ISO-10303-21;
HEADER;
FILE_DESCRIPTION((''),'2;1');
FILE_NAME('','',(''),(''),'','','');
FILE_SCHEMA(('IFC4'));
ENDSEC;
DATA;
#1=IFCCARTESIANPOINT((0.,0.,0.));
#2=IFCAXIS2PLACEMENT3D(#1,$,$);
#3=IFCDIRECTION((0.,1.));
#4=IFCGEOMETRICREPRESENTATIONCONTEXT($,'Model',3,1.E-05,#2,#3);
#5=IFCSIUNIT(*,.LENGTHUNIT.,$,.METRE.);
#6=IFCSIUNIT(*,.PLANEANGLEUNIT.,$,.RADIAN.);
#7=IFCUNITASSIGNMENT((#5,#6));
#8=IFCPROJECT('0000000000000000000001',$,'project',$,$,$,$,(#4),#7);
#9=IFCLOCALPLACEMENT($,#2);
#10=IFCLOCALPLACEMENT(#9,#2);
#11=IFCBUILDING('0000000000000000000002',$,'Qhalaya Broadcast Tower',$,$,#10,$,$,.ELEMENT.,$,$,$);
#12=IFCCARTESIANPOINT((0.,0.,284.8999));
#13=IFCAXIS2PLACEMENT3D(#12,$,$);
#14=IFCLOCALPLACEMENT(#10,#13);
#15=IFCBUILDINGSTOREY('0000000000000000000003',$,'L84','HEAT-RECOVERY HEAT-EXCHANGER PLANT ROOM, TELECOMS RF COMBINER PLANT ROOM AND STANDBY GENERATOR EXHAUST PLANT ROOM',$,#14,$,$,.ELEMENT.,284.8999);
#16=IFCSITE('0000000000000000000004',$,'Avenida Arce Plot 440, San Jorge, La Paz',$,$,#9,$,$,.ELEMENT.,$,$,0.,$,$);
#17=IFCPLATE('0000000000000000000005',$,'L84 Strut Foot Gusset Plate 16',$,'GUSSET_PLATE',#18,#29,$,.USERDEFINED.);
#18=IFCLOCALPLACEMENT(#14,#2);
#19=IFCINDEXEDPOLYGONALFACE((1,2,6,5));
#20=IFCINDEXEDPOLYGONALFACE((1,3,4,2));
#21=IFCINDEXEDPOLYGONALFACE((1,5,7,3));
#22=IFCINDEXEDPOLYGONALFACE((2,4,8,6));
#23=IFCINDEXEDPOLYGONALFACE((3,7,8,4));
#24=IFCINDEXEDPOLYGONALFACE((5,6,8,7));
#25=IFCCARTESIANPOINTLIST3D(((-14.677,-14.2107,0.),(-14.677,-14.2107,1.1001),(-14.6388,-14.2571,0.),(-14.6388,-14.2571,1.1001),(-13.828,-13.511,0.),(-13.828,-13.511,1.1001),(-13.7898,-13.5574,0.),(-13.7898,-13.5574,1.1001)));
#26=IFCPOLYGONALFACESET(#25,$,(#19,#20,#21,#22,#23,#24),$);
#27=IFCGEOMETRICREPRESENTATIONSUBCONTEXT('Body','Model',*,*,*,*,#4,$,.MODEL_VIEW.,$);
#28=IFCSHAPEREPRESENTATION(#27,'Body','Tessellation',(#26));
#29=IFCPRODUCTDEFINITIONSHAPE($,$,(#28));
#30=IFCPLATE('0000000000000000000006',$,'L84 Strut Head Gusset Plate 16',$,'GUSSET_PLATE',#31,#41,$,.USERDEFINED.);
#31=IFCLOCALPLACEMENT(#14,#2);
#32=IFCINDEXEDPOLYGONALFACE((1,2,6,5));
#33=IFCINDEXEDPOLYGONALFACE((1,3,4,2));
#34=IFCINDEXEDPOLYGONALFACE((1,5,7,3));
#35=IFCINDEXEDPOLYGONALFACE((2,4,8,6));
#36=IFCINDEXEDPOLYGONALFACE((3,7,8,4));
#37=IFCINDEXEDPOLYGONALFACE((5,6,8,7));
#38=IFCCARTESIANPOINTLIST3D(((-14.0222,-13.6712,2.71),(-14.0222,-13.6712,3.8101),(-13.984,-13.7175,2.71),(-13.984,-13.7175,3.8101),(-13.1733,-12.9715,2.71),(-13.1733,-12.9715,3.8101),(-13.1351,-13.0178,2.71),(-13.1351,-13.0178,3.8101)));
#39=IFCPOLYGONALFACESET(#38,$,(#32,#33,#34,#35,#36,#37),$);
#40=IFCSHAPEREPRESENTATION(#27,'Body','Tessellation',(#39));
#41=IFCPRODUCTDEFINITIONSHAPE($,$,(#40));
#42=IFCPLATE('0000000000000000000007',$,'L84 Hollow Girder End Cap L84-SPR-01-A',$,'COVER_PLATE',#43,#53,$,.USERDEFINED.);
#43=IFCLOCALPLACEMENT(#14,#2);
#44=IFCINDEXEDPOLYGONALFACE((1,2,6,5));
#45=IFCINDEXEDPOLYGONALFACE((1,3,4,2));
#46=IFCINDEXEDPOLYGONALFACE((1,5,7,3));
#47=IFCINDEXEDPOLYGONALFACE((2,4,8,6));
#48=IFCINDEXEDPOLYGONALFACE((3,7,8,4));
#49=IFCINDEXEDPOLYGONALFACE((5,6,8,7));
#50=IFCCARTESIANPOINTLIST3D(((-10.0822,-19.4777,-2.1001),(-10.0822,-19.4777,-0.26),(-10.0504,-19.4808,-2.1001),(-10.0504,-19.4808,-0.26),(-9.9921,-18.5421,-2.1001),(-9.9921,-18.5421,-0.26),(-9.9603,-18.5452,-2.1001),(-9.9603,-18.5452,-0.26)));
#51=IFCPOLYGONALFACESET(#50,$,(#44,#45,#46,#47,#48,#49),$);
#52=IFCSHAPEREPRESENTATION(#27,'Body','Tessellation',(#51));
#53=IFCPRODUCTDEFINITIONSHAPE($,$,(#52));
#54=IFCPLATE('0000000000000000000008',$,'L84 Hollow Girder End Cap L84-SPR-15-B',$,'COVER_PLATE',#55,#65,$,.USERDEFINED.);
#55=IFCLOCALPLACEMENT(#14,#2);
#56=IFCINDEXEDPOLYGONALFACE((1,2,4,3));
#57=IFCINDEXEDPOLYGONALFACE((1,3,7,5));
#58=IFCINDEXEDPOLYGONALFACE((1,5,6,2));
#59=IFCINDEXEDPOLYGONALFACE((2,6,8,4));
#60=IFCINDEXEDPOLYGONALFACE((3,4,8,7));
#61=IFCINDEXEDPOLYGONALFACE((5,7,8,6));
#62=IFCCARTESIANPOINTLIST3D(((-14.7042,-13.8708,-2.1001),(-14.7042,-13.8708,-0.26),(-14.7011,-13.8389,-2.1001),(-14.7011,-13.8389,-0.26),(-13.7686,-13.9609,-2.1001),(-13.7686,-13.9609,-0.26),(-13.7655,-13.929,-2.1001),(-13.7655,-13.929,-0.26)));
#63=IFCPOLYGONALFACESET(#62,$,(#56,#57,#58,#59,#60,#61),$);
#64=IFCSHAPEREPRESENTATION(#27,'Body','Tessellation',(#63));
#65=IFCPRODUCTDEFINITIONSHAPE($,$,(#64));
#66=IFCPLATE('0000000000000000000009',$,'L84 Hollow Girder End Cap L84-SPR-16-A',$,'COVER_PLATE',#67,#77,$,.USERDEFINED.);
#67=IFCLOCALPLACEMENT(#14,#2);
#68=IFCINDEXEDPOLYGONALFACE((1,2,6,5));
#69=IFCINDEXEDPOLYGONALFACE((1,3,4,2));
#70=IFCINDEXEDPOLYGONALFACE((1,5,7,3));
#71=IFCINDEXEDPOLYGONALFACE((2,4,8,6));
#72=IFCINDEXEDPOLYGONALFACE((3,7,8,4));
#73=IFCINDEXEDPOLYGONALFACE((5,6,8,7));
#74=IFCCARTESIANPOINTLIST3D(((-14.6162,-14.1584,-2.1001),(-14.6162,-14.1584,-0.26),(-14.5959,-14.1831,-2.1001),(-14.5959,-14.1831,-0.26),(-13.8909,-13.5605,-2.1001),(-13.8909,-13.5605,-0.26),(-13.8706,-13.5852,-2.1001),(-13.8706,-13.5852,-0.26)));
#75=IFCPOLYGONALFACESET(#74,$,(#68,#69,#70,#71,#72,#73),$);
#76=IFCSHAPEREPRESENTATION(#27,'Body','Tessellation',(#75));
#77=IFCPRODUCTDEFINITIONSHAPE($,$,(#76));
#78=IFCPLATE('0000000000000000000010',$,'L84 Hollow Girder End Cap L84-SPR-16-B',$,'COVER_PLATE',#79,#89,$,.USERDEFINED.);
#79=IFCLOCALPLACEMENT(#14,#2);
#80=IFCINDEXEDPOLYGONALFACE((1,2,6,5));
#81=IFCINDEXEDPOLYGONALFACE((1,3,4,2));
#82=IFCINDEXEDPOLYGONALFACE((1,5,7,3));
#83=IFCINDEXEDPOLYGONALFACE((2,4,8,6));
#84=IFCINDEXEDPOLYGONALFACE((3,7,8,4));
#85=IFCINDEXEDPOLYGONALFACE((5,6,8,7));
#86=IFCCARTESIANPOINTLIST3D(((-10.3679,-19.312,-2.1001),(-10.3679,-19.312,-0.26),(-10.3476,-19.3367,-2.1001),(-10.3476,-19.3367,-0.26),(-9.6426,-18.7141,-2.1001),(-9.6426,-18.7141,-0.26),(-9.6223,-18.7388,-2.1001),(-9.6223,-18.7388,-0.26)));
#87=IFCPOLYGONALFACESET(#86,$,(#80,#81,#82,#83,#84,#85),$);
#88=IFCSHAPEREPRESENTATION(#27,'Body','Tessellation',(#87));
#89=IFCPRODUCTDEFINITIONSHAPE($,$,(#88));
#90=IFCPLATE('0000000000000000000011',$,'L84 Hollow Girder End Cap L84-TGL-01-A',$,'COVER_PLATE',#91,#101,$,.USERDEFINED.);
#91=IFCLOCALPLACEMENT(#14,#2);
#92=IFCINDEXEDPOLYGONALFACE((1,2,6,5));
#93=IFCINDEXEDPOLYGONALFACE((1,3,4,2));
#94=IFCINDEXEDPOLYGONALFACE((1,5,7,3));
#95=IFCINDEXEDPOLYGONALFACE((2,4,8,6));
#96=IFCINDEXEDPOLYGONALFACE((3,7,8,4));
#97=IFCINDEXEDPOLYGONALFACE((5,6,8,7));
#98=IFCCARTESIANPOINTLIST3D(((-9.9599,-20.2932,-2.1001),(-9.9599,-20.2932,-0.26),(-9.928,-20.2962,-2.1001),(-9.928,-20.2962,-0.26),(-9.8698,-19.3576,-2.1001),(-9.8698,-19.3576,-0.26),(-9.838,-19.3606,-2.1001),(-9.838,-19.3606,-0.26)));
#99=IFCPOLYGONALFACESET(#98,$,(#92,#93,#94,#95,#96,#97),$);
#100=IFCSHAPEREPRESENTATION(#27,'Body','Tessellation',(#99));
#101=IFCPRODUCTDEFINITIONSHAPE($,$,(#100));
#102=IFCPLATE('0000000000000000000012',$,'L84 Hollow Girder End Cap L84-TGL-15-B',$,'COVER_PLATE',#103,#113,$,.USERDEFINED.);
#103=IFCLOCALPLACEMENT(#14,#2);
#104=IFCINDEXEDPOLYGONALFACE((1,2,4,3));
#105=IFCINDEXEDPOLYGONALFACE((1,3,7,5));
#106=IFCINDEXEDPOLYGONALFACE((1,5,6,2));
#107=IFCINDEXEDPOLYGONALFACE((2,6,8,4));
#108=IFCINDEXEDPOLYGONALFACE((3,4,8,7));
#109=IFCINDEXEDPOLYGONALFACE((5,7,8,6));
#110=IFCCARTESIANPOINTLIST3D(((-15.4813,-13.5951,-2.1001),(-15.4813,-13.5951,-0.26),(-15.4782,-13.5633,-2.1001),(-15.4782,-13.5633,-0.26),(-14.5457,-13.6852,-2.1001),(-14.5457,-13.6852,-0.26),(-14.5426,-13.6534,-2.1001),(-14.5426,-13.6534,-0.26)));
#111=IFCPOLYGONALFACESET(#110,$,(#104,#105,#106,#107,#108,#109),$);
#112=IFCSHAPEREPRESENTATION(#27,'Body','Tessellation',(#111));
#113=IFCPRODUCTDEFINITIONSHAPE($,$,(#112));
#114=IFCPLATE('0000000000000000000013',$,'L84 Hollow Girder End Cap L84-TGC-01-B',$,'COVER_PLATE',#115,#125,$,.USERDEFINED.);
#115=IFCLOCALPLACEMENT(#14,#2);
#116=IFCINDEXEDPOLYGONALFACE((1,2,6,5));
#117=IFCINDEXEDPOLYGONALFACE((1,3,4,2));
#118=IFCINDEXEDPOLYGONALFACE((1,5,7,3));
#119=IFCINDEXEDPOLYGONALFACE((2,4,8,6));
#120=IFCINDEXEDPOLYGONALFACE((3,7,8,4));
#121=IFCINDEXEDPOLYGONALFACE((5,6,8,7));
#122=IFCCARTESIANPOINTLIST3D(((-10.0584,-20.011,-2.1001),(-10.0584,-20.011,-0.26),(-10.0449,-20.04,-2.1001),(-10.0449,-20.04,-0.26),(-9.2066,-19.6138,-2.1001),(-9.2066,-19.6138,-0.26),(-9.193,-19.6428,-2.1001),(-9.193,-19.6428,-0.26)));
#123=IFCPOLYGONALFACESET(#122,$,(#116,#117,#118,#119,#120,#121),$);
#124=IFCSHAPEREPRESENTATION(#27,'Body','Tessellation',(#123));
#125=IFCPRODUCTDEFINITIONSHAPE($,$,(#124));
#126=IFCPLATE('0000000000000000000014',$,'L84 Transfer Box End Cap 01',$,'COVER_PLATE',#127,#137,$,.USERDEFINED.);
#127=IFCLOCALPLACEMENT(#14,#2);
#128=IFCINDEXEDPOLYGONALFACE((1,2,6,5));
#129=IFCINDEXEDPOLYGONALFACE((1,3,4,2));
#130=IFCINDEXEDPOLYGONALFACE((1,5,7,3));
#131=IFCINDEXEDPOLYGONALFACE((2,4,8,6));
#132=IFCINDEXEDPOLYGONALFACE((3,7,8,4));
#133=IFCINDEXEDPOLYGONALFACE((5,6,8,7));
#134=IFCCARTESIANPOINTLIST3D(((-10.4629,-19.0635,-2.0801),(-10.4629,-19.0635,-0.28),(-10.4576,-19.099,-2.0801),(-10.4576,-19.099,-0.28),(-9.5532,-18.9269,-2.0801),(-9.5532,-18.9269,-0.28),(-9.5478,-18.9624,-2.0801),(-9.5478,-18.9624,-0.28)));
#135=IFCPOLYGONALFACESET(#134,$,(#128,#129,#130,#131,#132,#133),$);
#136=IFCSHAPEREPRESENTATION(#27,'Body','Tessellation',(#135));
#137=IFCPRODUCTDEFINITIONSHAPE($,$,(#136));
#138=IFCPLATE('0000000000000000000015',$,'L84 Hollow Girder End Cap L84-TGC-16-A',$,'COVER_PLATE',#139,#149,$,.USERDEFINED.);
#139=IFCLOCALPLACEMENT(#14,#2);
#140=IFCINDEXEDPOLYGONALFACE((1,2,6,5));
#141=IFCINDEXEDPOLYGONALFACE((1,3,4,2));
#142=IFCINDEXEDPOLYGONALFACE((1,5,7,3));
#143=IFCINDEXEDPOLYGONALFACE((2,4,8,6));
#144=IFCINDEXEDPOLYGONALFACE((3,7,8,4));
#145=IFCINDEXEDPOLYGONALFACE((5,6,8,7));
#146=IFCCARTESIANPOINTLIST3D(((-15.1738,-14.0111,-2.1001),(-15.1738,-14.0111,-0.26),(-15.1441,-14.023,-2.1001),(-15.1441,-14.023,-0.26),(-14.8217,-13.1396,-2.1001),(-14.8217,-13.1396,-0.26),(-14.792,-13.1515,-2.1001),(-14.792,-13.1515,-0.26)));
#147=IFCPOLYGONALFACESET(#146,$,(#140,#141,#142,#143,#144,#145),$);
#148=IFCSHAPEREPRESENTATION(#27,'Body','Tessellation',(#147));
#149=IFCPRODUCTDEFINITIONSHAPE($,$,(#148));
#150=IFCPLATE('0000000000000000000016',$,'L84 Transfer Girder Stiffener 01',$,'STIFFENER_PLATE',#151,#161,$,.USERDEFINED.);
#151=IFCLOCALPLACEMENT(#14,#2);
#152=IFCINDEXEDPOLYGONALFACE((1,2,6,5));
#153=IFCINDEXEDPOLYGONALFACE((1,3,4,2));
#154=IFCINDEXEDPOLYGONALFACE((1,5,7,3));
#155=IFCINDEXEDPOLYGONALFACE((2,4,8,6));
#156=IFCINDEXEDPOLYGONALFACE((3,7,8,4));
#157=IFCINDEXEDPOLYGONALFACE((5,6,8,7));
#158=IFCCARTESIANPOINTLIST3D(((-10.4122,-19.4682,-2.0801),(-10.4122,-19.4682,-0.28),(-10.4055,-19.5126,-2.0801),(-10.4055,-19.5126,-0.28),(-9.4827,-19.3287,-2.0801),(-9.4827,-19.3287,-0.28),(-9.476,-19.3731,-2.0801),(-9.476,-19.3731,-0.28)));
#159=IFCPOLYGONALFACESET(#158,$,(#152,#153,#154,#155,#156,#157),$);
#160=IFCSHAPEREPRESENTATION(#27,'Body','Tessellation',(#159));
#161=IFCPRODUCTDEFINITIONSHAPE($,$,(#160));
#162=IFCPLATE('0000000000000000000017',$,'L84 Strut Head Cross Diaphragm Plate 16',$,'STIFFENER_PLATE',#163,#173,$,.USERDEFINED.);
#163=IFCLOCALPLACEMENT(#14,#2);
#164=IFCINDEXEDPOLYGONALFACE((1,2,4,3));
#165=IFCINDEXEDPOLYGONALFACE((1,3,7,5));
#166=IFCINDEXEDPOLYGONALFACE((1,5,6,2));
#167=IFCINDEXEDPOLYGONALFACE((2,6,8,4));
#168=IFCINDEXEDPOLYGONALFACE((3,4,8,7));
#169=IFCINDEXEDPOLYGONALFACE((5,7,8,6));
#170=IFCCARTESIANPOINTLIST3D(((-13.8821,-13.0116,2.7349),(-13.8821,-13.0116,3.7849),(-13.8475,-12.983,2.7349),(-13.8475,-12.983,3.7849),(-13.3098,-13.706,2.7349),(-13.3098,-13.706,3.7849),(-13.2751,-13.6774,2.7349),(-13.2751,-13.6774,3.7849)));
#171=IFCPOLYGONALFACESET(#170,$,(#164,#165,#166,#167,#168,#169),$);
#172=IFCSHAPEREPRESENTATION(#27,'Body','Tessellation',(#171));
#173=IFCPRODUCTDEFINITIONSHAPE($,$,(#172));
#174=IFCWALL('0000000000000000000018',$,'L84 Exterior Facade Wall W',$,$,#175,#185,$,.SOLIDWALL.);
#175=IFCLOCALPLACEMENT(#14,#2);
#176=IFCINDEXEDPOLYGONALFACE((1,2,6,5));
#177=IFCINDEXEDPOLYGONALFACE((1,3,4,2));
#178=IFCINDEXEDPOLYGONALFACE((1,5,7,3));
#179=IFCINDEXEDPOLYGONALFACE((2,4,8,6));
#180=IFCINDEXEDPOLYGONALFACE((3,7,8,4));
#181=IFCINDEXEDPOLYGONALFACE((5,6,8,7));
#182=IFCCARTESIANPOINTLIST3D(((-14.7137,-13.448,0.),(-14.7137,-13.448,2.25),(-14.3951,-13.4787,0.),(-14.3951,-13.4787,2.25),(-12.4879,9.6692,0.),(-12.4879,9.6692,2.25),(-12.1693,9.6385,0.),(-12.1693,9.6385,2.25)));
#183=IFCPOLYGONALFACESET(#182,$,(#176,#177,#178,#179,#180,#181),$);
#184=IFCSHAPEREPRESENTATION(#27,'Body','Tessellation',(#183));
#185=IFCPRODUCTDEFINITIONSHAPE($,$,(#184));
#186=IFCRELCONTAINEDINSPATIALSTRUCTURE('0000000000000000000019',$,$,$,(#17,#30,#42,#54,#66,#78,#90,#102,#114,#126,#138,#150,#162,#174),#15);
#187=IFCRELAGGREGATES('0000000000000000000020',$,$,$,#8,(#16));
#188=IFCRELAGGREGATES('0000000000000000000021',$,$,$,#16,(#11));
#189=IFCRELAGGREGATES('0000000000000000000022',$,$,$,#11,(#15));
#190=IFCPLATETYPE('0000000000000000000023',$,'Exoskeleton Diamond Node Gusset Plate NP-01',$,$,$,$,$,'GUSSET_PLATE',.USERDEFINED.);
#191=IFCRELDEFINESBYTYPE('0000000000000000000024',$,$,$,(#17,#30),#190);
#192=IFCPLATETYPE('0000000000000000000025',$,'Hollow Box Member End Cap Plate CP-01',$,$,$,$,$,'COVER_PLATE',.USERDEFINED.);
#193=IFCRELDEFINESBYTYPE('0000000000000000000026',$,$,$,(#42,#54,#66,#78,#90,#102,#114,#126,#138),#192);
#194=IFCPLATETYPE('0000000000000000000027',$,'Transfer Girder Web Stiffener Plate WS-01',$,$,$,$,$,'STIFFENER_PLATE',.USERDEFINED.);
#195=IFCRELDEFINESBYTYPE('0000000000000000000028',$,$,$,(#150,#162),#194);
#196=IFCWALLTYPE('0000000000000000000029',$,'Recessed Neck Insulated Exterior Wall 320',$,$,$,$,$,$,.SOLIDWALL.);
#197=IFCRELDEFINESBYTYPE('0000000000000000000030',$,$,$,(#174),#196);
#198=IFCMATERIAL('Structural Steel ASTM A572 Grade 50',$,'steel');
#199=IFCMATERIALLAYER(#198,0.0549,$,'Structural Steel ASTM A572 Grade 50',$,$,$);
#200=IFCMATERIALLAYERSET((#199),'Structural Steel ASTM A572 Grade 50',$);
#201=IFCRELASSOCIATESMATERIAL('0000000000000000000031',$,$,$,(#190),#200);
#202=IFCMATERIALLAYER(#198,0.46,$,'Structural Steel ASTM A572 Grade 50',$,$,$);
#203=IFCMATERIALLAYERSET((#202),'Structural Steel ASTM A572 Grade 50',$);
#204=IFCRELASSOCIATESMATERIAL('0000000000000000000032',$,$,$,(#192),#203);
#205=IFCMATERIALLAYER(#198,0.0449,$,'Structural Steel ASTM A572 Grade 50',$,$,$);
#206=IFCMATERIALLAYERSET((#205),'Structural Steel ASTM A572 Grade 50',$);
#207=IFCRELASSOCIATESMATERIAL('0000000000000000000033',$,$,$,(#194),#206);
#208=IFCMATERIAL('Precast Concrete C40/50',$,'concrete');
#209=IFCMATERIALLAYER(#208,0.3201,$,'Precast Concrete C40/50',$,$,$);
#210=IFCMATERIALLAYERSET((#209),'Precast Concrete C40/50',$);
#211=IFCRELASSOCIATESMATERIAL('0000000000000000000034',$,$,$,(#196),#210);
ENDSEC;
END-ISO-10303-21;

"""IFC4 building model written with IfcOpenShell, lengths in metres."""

from ifc_helpers import new_model, si_unit, direction, frame, frame_2d, origin, origin_2d, place, context, subcontext, project, spatial, rectangle, extrude, material, layer, layer_set, type_object, element, save


model = new_model("IFC4")

# Units and contexts
model_context = context("Model", 3, precision=1e-05, world=origin(), true_north=direction((0.0, 1.0)))
body_context = subcontext(model_context, "Body", "Model", "MODEL_VIEW")
ifc_project = project(units=[si_unit("LENGTHUNIT", "METRE"), si_unit("PLANEANGLEUNIT", "RADIAN")], contexts=[model_context])

# Site, building, storey
site_placement = place(None, origin())
site = spatial("IfcSite", under=ifc_project, at=site_placement, Name="Avenida Arce Plot 440, San Jorge, La Paz", CompositionType="ELEMENT", RefElevation=0.0)
building_placement = place(site_placement, origin())
building = spatial("IfcBuilding", under=site, at=building_placement, Name="Qhalaya Broadcast Tower", CompositionType="ELEMENT")
storey_placement = place(building_placement, frame((0.0, 0.0, 284.8999)))
storey = spatial("IfcBuildingStorey", under=building, at=storey_placement, Name="L84", Description="HEAT-RECOVERY HEAT-EXCHANGER PLANT ROOM, TELECOMS RF COMBINER PLANT ROOM AND STANDBY GENERATOR EXHAUST PLANT ROOM", CompositionType="ELEMENT", Elevation=284.8999)

# Shared definitions
ifc_material_1 = material(Name="Structural Steel ASTM A572 Grade 50", Category="steel")

# Plates
ifc_layer_1 = layer(ifc_material_1, 0.0549, Name="Structural Steel ASTM A572 Grade 50")
ifc_layer_set_1 = layer_set([ifc_layer_1], Name="Structural Steel ASTM A572 Grade 50")
plate_type_1 = type_object("IfcPlateType", Name="Exoskeleton Diamond Node Gusset Plate NP-01", ElementType="GUSSET_PLATE", PredefinedType="USERDEFINED", material=ifc_layer_set_1)
for number, where, z_axis, x_axis, name in (
    (1, (-14.2334, -13.884, 0.0), (0.0, 0.0, 1.0), (0.771669, 0.636024, 0.0), "L84 Strut Foot Gusset Plate 16"),
    (2, (-13.5786, -13.3445, 2.71), (0.0, 0.0, 1.0), (0.771669, 0.636024, 0.0), "L84 Strut Head Gusset Plate 16"),
):
    element("IfcPlate", number, at=place(storey_placement, frame(where, z_axis=z_axis, x_axis=x_axis)), inside=storey, type_object=plate_type_1, Name=name, ObjectType="GUSSET_PLATE", PredefinedType="USERDEFINED", context=body_context, shape_type="SweptSolid", body=[
        extrude(rectangle(XDim=1.1001, YDim=0.0601, at=origin_2d()), origin(), (0.0, 0.0, 1.0), 1.1001),
    ])
ifc_layer_2 = layer(ifc_material_1, 0.46, Name="Structural Steel ASTM A572 Grade 50")
ifc_layer_set_2 = layer_set([ifc_layer_2], Name="Structural Steel ASTM A572 Grade 50")
plate_type_2 = type_object("IfcPlateType", Name="Hollow Box Member End Cap Plate CP-01", ElementType="COVER_PLATE", PredefinedType="USERDEFINED", material=ifc_layer_set_2)
for number, where, z_axis, x_axis, name in (
    (3, (-10.0212, -19.0115, -2.1001), (0.0, 0.0, 1.0), (0.095846, 0.995396, 0.0), "L84 Hollow Girder End Cap L84-SPR-01-A"),
    (4, (-14.2349, -13.8999, -2.1001), (0.0, 0.0, 1.0), (0.995396, -0.095846, 0.0), "L84 Hollow Girder End Cap L84-SPR-15-B"),
    (5, (-14.2434, -13.8718, -2.1001), (0.0, 0.0, 1.0), (0.771625, 0.636078, 0.0), "L84 Hollow Girder End Cap L84-SPR-16-A"),
    (6, (-9.9951, -19.0254, -2.1001), (0.0, 0.0, 1.0), (0.771625, 0.636078, 0.0), "L84 Hollow Girder End Cap L84-SPR-16-B"),
    (7, (-9.8989, -19.8269, -2.1001), (0.0, 0.0, 1.0), (0.095828, 0.995398, 0.0), "L84 Hollow Girder End Cap L84-TGL-01-A"),
    (8, (-15.012, -13.6243, -2.1001), (0.0, 0.0, 1.0), (0.995396, -0.095846, 0.0), "L84 Hollow Girder End Cap L84-TGL-15-B"),
    (9, (-9.6257, -19.8269, -2.1001), (0.0, 0.0, 1.0), (0.906308, 0.422618, 0.0), "L84 Hollow Girder End Cap L84-TGC-01-B"),
):
    element("IfcPlate", number, at=place(storey_placement, frame(where, z_axis=z_axis, x_axis=x_axis)), inside=storey, type_object=plate_type_2, Name=name, ObjectType="COVER_PLATE", PredefinedType="USERDEFINED", context=body_context, shape_type="SweptSolid", body=[
        extrude(rectangle(XDim=0.9399, YDim=0.032, at=origin_2d()), origin(), (0.0, 0.0, 1.0), 1.8401),
    ])
plate_1_placement = place(storey_placement, frame((-10.0054, -19.0129, -2.0801), z_axis=(0.0, 0.0, 1.0), x_axis=(-0.988923, -0.148431, 0.0)))
element("IfcPlate", 10, at=plate_1_placement, inside=storey, type_object=plate_type_2, Name="L84 Transfer Box End Cap 01", ObjectType="COVER_PLATE", PredefinedType="USERDEFINED", context=body_context, shape_type="SweptSolid", body=[
    extrude(rectangle(XDim=0.9199, YDim=0.0359, at=origin_2d()), origin(), (0.0, 0.0, 1.0), 1.8),
])
plate_2_placement = place(storey_placement, frame((-14.9829, -13.5813, -2.1001), z_axis=(0.0, 0.0, 1.0), x_axis=(0.374607, 0.927184, 0.0)))
element("IfcPlate", 11, at=plate_2_placement, inside=storey, type_object=plate_type_2, Name="L84 Hollow Girder End Cap L84-TGC-16-A", ObjectType="COVER_PLATE", PredefinedType="USERDEFINED", context=body_context, shape_type="SweptSolid", body=[
    extrude(rectangle(XDim=0.9399, YDim=0.032, at=origin_2d()), origin(), (0.0, 0.0, 1.0), 1.8401),
])
ifc_layer_3 = layer(ifc_material_1, 0.0449, Name="Structural Steel ASTM A572 Grade 50")
ifc_layer_set_3 = layer_set([ifc_layer_3], Name="Structural Steel ASTM A572 Grade 50")
plate_type_3 = type_object("IfcPlateType", Name="Transfer Girder Web Stiffener Plate WS-01", ElementType="STIFFENER_PLATE", PredefinedType="USERDEFINED", material=ifc_layer_set_3)
plate_3_placement = place(storey_placement, frame((-9.9441, -19.4207, -2.0801), z_axis=(0.0, 0.0, 1.0), x_axis=(-0.988923, -0.148431, 0.0)))
element("IfcPlate", 12, at=plate_3_placement, inside=storey, type_object=plate_type_3, Name="L84 Transfer Girder Stiffener 01", ObjectType="STIFFENER_PLATE", PredefinedType="USERDEFINED", context=body_context, shape_type="SweptSolid", body=[
    extrude(rectangle(XDim=0.9399, YDim=0.0449, at=origin_2d()), origin(), (0.0, 0.0, 1.0), 1.8),
])
plate_4_placement = place(storey_placement, frame((-13.5786, -13.3445, 2.7349), z_axis=(0.0, 0.0, 1.0), x_axis=(-0.636024, 0.771669, 0.0)))
element("IfcPlate", 13, at=plate_4_placement, inside=storey, type_object=plate_type_3, Name="L84 Strut Head Cross Diaphragm Plate 16", ObjectType="STIFFENER_PLATE", PredefinedType="USERDEFINED", context=body_context, shape_type="SweptSolid", body=[
    extrude(rectangle(XDim=0.8999, YDim=0.0449, at=origin_2d()), origin(), (0.0, 0.0, 1.0), 1.05),
])

# Wall
ifc_material_2 = material(Name="Precast Concrete C40/50", Category="concrete")
ifc_layer_4 = layer(ifc_material_2, 0.3201, Name="Precast Concrete C40/50")
ifc_layer_set_4 = layer_set([ifc_layer_4], Name="Precast Concrete C40/50")
wall_type = type_object("IfcWallType", Name="Recessed Neck Insulated Exterior Wall 320", PredefinedType="SOLIDWALL", material=ifc_layer_set_4)
wall_placement = place(storey_placement, frame((-14.5544, -13.4634, 0.0), z_axis=(0.0, 0.0, 1.0), x_axis=(0.095841, 0.995397, 0.0)))
element("IfcWall", 14, at=wall_placement, inside=storey, type_object=wall_type, Name="L84 Exterior Facade Wall W", PredefinedType="SOLIDWALL", context=body_context, shape_type="SweptSolid", body=[
    extrude(rectangle(XDim=23.2241, YDim=0.3201, at=frame_2d((11.6121, 0.0))), origin(), (0.0, 0.0, 1.0), 2.25),
])

save(model, "model.ifc")
